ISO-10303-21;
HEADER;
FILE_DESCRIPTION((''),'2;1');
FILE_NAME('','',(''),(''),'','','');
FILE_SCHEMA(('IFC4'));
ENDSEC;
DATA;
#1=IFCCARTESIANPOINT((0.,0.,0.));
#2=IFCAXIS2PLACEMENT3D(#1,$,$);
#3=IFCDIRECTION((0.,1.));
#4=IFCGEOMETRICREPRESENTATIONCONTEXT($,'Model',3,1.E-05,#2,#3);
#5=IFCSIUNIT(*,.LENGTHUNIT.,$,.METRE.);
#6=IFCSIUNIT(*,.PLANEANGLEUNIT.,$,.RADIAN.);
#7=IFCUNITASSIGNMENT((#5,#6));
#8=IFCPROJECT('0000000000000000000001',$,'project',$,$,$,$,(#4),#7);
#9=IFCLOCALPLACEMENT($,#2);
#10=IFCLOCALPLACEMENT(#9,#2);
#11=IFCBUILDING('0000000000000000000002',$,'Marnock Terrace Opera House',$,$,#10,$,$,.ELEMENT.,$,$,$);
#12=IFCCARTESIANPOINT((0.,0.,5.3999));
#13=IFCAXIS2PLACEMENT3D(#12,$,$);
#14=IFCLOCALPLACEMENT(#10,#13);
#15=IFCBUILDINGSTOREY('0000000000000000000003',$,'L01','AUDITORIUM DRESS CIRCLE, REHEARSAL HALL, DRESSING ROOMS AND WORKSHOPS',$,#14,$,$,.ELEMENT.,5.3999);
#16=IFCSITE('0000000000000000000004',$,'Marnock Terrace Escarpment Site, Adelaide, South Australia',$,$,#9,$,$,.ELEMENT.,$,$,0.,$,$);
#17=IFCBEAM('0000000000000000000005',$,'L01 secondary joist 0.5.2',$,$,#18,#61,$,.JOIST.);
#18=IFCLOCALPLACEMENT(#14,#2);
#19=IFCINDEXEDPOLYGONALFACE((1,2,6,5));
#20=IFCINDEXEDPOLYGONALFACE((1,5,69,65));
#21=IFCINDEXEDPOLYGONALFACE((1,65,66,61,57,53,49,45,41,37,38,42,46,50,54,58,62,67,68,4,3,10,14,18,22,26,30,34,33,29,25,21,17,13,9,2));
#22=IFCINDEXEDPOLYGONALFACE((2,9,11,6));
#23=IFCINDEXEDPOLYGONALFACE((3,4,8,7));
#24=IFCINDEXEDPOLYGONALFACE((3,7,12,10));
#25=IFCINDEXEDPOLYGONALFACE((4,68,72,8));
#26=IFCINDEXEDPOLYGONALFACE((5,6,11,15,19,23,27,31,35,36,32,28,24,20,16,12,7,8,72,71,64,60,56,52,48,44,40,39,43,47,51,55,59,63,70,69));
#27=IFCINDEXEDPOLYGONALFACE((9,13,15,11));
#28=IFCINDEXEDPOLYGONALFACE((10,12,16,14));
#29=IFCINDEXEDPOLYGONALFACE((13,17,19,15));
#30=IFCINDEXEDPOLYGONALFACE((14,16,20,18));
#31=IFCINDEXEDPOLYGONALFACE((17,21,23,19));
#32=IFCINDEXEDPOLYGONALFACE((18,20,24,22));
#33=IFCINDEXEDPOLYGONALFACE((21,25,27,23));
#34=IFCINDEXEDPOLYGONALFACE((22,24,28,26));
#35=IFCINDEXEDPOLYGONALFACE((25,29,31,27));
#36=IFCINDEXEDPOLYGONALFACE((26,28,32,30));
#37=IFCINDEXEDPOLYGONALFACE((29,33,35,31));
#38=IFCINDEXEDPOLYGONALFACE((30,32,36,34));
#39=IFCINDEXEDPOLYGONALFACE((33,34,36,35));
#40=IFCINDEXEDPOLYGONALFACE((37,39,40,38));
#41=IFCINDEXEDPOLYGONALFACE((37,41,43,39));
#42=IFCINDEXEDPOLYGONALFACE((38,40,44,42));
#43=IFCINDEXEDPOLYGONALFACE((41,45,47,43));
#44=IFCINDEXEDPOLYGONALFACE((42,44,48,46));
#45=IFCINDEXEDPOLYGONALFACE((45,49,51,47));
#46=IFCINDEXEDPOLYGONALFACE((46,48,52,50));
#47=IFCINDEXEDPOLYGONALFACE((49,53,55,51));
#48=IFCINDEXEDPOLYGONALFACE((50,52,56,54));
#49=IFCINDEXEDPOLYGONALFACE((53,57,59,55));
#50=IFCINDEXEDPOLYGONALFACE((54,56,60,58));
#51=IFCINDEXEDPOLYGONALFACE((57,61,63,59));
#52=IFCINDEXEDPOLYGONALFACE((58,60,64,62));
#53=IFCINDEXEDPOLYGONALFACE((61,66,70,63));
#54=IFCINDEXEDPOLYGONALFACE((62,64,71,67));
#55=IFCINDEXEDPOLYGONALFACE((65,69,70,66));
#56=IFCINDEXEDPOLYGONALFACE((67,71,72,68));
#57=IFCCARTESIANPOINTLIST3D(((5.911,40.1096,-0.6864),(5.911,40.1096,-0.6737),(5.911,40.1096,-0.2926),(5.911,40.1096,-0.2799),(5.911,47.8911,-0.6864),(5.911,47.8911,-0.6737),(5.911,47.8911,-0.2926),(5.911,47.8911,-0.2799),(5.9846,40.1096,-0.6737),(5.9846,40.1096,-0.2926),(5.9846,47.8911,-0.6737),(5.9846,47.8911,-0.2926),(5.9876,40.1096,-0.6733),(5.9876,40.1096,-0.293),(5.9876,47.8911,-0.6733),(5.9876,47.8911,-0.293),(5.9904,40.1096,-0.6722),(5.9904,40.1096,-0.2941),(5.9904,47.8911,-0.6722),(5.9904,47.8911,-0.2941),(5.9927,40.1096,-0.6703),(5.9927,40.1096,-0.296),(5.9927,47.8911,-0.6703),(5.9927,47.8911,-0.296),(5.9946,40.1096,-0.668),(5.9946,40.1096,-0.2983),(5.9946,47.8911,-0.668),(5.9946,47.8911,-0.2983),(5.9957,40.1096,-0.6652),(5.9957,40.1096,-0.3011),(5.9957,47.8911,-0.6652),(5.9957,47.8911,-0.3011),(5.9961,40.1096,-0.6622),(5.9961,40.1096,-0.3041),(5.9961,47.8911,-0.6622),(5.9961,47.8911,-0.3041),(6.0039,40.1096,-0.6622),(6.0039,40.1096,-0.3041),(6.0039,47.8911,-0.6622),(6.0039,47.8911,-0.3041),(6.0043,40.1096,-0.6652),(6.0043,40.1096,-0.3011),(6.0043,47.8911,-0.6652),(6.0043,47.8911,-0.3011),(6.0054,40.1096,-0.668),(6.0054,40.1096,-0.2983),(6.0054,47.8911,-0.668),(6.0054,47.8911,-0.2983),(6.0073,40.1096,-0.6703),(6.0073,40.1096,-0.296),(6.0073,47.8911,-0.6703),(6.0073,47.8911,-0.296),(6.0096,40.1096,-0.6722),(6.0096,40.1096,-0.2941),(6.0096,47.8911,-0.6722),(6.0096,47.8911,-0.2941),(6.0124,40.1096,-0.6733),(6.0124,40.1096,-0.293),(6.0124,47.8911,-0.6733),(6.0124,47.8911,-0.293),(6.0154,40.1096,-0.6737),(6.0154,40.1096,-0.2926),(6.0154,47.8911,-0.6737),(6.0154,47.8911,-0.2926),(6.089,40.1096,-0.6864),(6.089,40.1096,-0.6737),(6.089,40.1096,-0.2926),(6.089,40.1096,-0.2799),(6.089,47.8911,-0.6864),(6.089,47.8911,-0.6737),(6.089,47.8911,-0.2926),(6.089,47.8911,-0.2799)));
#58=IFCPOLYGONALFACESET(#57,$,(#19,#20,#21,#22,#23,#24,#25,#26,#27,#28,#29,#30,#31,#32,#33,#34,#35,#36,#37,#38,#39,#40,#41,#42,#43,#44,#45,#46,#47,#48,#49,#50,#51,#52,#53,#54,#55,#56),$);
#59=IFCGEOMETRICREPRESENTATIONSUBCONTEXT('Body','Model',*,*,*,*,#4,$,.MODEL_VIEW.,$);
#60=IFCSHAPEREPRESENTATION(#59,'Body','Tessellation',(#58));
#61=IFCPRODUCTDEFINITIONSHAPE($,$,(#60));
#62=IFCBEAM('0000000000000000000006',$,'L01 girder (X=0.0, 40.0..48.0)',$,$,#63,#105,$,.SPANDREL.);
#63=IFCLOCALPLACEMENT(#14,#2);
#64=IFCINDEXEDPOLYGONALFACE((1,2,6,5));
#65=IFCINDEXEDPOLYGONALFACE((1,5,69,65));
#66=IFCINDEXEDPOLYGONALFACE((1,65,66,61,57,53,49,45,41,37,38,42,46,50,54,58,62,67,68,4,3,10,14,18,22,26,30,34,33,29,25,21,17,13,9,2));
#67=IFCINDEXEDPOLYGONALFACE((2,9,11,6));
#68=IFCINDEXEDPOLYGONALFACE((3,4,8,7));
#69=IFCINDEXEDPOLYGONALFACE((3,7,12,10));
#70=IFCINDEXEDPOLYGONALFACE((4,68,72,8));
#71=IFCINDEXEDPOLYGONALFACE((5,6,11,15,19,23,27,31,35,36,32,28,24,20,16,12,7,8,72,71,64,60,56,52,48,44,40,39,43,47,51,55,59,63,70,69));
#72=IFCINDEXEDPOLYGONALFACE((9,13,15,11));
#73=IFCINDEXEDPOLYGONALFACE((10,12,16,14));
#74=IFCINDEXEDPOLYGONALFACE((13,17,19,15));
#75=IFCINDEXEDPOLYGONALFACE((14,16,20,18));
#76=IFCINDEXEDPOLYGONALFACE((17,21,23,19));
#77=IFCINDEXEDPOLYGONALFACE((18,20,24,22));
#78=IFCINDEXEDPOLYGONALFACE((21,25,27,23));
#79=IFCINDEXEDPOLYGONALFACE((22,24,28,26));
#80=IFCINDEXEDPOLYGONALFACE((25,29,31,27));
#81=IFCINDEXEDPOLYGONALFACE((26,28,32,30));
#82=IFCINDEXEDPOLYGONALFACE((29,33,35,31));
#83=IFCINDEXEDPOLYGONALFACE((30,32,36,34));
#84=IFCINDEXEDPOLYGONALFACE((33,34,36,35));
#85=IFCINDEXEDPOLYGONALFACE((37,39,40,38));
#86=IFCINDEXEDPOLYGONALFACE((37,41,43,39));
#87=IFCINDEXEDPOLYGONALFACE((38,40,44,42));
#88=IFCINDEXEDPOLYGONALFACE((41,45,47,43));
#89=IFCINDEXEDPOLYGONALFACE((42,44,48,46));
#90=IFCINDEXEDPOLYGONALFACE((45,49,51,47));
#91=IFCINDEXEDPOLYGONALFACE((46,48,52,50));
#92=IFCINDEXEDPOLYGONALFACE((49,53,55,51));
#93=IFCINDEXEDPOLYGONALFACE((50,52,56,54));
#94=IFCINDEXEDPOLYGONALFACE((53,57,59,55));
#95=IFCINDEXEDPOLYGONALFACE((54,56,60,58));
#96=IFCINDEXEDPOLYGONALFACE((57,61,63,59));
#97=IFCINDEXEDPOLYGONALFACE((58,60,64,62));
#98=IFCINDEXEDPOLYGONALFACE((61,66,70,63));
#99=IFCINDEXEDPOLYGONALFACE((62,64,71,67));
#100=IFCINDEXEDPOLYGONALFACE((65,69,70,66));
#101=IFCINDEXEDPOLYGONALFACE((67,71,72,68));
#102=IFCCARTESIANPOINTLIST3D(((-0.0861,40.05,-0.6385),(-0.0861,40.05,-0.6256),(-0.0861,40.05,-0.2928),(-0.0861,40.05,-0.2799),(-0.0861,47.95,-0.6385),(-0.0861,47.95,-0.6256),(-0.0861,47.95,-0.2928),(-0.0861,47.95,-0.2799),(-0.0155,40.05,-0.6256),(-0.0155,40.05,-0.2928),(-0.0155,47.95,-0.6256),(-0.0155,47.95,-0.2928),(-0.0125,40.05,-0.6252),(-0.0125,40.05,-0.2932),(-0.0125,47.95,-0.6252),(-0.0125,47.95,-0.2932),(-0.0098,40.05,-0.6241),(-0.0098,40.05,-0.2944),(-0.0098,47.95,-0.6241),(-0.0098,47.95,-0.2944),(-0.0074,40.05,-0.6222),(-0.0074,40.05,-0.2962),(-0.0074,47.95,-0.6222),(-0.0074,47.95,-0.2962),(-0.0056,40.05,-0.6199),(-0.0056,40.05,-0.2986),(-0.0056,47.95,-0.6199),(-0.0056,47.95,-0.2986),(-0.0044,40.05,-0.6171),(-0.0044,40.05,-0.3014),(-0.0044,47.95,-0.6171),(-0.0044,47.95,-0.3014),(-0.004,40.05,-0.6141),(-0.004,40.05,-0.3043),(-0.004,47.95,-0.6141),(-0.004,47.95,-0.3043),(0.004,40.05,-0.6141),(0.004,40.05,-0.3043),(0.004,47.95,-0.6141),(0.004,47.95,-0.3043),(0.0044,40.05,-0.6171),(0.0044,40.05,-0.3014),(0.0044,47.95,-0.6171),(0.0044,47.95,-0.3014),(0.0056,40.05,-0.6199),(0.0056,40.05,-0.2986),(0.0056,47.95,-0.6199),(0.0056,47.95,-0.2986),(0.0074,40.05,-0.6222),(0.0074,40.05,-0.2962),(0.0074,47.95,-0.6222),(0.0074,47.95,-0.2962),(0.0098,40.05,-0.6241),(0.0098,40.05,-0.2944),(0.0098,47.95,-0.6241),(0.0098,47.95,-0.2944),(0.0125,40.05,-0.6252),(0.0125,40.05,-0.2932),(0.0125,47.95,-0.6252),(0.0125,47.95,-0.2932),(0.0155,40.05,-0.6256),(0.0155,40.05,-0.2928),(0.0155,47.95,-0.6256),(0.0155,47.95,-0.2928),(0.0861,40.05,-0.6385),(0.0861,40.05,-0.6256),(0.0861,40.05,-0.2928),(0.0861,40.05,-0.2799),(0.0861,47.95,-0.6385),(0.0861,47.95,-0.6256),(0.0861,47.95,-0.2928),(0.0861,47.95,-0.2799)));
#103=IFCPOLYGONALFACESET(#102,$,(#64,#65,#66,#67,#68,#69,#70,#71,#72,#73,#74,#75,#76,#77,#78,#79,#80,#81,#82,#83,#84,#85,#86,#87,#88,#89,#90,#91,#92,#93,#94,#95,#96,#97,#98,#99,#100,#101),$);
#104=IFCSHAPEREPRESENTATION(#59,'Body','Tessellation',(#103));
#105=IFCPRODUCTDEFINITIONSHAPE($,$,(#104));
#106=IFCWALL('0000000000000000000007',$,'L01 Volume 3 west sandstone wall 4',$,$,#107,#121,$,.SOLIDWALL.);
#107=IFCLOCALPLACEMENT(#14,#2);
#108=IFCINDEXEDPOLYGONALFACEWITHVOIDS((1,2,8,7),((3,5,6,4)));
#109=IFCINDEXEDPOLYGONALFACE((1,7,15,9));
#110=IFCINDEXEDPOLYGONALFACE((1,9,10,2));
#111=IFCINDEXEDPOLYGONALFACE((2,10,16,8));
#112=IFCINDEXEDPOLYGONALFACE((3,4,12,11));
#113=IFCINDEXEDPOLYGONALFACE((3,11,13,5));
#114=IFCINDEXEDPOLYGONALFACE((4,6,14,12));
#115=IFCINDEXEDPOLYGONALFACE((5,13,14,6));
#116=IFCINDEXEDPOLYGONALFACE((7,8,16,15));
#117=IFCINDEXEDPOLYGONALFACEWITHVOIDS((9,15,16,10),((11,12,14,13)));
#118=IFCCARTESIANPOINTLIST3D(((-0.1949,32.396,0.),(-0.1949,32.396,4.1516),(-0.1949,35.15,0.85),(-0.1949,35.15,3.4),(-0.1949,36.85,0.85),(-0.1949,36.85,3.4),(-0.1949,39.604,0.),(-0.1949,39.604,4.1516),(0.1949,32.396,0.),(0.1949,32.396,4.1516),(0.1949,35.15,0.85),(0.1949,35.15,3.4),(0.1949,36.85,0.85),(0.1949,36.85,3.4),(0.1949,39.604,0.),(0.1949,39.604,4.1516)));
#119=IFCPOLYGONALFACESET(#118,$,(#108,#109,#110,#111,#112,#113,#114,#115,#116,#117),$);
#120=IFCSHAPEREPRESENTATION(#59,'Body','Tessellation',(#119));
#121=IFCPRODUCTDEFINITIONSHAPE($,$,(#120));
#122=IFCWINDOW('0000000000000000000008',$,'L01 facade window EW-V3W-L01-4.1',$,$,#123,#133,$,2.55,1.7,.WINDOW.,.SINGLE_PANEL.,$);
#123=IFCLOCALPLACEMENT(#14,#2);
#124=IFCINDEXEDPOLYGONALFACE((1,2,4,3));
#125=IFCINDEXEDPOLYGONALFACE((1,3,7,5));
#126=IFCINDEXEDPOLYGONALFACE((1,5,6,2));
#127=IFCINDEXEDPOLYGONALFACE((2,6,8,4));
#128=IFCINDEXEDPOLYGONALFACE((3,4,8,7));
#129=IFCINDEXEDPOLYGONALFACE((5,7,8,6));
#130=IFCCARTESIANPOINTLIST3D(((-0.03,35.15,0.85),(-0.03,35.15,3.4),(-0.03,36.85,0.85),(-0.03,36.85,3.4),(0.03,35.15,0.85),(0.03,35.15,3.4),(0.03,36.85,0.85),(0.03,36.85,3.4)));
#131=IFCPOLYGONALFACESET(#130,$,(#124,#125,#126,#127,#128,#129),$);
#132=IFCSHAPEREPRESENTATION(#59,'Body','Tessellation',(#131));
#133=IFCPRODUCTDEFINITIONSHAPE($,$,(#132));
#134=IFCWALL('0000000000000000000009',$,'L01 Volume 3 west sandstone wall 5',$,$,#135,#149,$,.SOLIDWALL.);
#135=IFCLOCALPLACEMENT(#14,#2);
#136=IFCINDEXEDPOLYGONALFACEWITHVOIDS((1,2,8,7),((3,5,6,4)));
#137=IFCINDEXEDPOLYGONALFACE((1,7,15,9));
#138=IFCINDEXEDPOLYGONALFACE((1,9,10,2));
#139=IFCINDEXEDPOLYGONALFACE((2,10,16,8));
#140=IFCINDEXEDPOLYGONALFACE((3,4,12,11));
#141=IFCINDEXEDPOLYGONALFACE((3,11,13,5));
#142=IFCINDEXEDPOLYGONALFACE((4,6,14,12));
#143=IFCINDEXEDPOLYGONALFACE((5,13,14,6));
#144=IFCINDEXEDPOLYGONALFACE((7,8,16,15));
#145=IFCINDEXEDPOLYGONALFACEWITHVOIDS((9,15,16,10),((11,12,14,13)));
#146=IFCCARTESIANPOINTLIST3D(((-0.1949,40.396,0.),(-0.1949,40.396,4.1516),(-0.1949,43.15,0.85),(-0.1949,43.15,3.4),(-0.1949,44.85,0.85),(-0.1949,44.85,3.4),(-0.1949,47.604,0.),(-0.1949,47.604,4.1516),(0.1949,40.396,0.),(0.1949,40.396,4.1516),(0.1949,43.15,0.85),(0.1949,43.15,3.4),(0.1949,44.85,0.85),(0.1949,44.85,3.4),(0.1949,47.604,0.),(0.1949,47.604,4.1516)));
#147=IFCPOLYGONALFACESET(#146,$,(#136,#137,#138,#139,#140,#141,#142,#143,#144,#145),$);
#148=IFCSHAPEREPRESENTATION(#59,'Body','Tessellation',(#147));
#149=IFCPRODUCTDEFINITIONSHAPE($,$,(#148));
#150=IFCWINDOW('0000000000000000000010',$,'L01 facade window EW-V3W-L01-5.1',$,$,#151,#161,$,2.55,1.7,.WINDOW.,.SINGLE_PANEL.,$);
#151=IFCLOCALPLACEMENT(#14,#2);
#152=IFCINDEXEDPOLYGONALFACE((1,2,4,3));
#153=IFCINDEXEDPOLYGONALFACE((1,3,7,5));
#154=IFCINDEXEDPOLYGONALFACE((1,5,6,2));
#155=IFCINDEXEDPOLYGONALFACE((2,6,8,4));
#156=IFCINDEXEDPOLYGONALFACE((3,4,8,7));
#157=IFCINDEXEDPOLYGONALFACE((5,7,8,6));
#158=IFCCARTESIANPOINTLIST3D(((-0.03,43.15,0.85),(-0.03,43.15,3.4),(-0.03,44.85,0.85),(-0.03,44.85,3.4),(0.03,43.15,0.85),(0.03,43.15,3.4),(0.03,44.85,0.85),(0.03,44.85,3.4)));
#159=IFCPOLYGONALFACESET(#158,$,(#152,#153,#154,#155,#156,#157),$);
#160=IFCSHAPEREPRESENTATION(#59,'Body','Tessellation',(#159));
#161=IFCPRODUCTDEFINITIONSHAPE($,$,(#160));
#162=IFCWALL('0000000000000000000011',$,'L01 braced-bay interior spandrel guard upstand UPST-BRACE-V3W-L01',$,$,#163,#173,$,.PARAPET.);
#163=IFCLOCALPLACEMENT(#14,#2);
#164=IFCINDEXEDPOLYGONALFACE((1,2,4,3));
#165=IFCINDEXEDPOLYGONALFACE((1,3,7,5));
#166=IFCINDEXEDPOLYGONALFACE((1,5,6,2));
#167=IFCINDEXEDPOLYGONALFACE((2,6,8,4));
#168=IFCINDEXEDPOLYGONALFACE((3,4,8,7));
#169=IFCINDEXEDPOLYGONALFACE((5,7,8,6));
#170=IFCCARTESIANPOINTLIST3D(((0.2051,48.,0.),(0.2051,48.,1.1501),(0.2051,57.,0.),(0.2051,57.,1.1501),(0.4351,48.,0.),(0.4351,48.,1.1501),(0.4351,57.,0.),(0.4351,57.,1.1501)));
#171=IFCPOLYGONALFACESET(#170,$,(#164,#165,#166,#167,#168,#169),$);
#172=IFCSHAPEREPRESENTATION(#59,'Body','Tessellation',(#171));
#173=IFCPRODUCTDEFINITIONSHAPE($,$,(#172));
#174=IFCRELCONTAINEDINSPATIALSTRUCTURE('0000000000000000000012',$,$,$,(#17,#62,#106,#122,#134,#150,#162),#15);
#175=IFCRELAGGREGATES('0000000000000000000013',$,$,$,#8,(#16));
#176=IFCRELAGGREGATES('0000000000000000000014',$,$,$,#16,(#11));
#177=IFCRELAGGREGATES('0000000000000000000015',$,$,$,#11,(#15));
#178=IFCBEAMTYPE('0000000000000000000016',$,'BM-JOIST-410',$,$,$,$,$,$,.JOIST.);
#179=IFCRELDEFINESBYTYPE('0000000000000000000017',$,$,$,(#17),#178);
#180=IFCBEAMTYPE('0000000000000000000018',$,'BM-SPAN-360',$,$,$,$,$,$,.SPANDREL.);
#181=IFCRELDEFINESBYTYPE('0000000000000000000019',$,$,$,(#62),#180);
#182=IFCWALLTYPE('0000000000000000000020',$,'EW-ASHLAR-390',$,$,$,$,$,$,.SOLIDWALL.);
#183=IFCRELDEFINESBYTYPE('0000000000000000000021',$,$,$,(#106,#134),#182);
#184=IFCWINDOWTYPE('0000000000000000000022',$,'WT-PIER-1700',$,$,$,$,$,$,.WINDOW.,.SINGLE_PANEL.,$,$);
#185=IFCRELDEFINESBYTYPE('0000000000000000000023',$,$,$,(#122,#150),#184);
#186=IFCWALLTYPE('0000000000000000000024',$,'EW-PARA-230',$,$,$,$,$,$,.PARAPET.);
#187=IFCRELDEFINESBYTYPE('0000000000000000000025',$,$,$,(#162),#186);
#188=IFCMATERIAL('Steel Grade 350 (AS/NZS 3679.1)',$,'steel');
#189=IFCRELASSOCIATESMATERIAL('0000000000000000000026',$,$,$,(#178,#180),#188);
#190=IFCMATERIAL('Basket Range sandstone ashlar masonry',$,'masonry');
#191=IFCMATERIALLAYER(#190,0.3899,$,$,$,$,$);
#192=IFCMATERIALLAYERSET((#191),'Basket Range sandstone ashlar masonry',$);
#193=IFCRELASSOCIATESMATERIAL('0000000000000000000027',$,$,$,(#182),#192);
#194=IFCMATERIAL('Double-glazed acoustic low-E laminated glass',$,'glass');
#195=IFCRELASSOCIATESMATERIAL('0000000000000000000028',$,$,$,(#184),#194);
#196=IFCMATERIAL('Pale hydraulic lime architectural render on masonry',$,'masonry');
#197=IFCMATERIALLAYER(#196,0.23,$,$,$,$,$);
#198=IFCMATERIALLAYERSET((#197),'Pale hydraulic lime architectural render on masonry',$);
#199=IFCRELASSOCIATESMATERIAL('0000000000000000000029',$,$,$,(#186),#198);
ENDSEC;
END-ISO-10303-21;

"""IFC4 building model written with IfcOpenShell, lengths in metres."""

from ifc_helpers import new_model, si_unit, direction, frame, frame_2d, origin, origin_2d, place, context, subcontext, project, spatial, rectangle, i_section, extrude, material, layer, layer_set, material_profile, profile_set, type_object, element, fill, save


model = new_model("IFC4")

# Units and contexts
model_context = context("Model", 3, precision=1e-05, world=origin(), true_north=direction((0.0, 1.0)))
body_context = subcontext(model_context, "Body", "Model", "MODEL_VIEW")
ifc_project = project(units=[si_unit("LENGTHUNIT", "METRE"), si_unit("PLANEANGLEUNIT", "RADIAN")], contexts=[model_context])

# Site, building, storey
site_placement = place(None, origin())
site = spatial("IfcSite", under=ifc_project, at=site_placement, Name="Marnock Terrace Escarpment Site, Adelaide, South Australia", CompositionType="ELEMENT", RefElevation=0.0)
building_placement = place(site_placement, origin())
building = spatial("IfcBuilding", under=site, at=building_placement, Name="Marnock Terrace Opera House", CompositionType="ELEMENT")
storey_placement = place(building_placement, frame((0.0, 0.0, 5.3999)))
storey = spatial("IfcBuildingStorey", under=building, at=storey_placement, Name="L01", Description="AUDITORIUM DRESS CIRCLE, REHEARSAL HALL, DRESSING ROOMS AND WORKSHOPS", CompositionType="ELEMENT", Elevation=5.3999)

# Beams
ifc_material_1 = material(Name="Steel Grade 350 (AS/NZS 3679.1)", Category="steel")
ifc_material_profile_1 = material_profile(ifc_material_1, i_section(OverallWidth=0.178, OverallDepth=0.4065, WebThickness=0.0078, FlangeThickness=0.0127, FilletRadius=0.0115, at=origin_2d()))
ifc_profile_set_1 = profile_set([ifc_material_profile_1], Name="Steel Grade 350 (AS/NZS 3679.1)")
beam_type_1 = type_object("IfcBeamType", Name="BM-JOIST-410", PredefinedType="JOIST", material=ifc_profile_set_1)
for number, where, z_axis, x_axis, name in (
    (1, (6.0, 40.1096, -0.4832), (0.0, 1.0, 0.0), (-1.0, 0.0, 0.0), "L01 secondary joist 0.5.2"),
):
    element("IfcBeam", number, at=place(storey_placement, frame(where, z_axis=z_axis, x_axis=x_axis)), inside=storey, type_object=beam_type_1, Name=name, PredefinedType="JOIST", context=body_context, shape_type="SweptSolid", body=[
        extrude(i_section(OverallWidth=0.178, OverallDepth=0.4065, WebThickness=0.0078, FlangeThickness=0.0127, FilletRadius=0.0115, at=origin_2d()), origin(), (0.0, 0.0, 1.0), 7.7815),
    ])
ifc_material_profile_2 = material_profile(ifc_material_1, i_section(OverallWidth=0.1721, OverallDepth=0.3586, WebThickness=0.0081, FlangeThickness=0.0129, FilletRadius=0.0115, at=origin_2d()))
ifc_profile_set_2 = profile_set([ifc_material_profile_2], Name="Steel Grade 350 (AS/NZS 3679.1)")
beam_type_2 = type_object("IfcBeamType", Name="BM-SPAN-360", PredefinedType="SPANDREL", material=ifc_profile_set_2)
beam_1_placement = place(storey_placement, frame((0.0, 40.05, -0.4592), z_axis=(0.0, 1.0, 0.0), x_axis=(-1.0, 0.0, 0.0)))
element("IfcBeam", 2, at=beam_1_placement, inside=storey, type_object=beam_type_2, Name="L01 girder (X=0.0, 40.0..48.0)", PredefinedType="SPANDREL", context=body_context, shape_type="SweptSolid", body=[
    extrude(i_section(OverallWidth=0.1721, OverallDepth=0.3586, WebThickness=0.0081, FlangeThickness=0.0129, FilletRadius=0.0115, at=origin_2d()), origin(), (0.0, 0.0, 1.0), 7.8999),
])

# Walls, openings, windows
ifc_material_2 = material(Name="Basket Range sandstone ashlar masonry", Category="masonry")
ifc_layer_1 = layer(ifc_material_2, 0.3899)
ifc_layer_set_1 = layer_set([ifc_layer_1], Name="Basket Range sandstone ashlar masonry")
wall_type_1 = type_object("IfcWallType", Name="EW-ASHLAR-390", PredefinedType="SOLIDWALL", material=ifc_layer_set_1)
wall_1_placement = place(storey_placement, frame((0.0, 32.396, 0.0), z_axis=(0.0, 0.0, 1.0), x_axis=(0.0, 1.0, 0.0)))
wall_1 = element("IfcWall", 3, at=wall_1_placement, inside=storey, type_object=wall_type_1, Name="L01 Volume 3 west sandstone wall 4", PredefinedType="SOLIDWALL", context=body_context, shape_type="SweptSolid", body=[
    extrude(rectangle(XDim=7.208, YDim=0.3899, at=frame_2d((3.604, 0.0))), origin(), (0.0, 0.0, 1.0), 4.1516),
])
opening_1_placement = place(wall_1_placement, frame((2.7539, 0.0, 0.8501)))
opening_1 = element("IfcOpeningElement", 4, at=opening_1_placement, cuts=wall_1, PredefinedType="OPENING", context=body_context, shape_type="SweptSolid", body=[
    extrude(rectangle(XDim=1.7, YDim=2.55, at=frame_2d((0.8501, 1.2749))), frame((0.0, 0.2048, 0.0), z_axis=(0.0, -1.0, 0.0), x_axis=(1.0, 0.0, 0.0)), (0.0, 0.0, 1.0), 0.4099),
])
ifc_material_3 = material(Name="Double-glazed acoustic low-E laminated glass", Category="glass")
window_type = type_object("IfcWindowType", Name="WT-PIER-1700", PartitioningType="SINGLE_PANEL", PredefinedType="WINDOW", material=ifc_material_3)
window_1_placement = place(opening_1_placement, origin())
window_1 = element("IfcWindow", 5, at=window_1_placement, inside=storey, type_object=window_type, Name="L01 facade window EW-V3W-L01-4.1", OverallHeight=2.55, OverallWidth=1.7, PartitioningType="SINGLE_PANEL", PredefinedType="WINDOW", context=body_context, shape_type="SweptSolid", body=[
    extrude(rectangle(XDim=1.7, YDim=2.55, at=frame_2d((0.8501, 1.2749))), frame((0.0, 0.03, 0.0), z_axis=(0.0, -1.0, 0.0), x_axis=(1.0, 0.0, 0.0)), (0.0, 0.0, 1.0), 0.0601),
])
fill(opening_1, window_1)
wall_2_placement = place(storey_placement, frame((0.0, 40.396, 0.0), z_axis=(0.0, 0.0, 1.0), x_axis=(0.0, 1.0, 0.0)))
wall_2 = element("IfcWall", 6, at=wall_2_placement, inside=storey, type_object=wall_type_1, Name="L01 Volume 3 west sandstone wall 5", PredefinedType="SOLIDWALL", context=body_context, shape_type="SweptSolid", body=[
    extrude(rectangle(XDim=7.208, YDim=0.3899, at=frame_2d((3.604, 0.0))), origin(), (0.0, 0.0, 1.0), 4.1516),
])
opening_2_placement = place(wall_2_placement, frame((2.7539, 0.0, 0.8501)))
opening_2 = element("IfcOpeningElement", 7, at=opening_2_placement, cuts=wall_2, PredefinedType="OPENING", context=body_context, shape_type="SweptSolid", body=[
    extrude(rectangle(XDim=1.7, YDim=2.55, at=frame_2d((0.8501, 1.2749))), frame((0.0, 0.2048, 0.0), z_axis=(0.0, -1.0, 0.0), x_axis=(1.0, 0.0, 0.0)), (0.0, 0.0, 1.0), 0.4099),
])
window_2_placement = place(opening_2_placement, origin())
window_2 = element("IfcWindow", 8, at=window_2_placement, inside=storey, type_object=window_type, Name="L01 facade window EW-V3W-L01-5.1", OverallHeight=2.55, OverallWidth=1.7, PartitioningType="SINGLE_PANEL", PredefinedType="WINDOW", context=body_context, shape_type="SweptSolid", body=[
    extrude(rectangle(XDim=1.7, YDim=2.55, at=frame_2d((0.8501, 1.2749))), frame((0.0, 0.03, 0.0), z_axis=(0.0, -1.0, 0.0), x_axis=(1.0, 0.0, 0.0)), (0.0, 0.0, 1.0), 0.0601),
])
fill(opening_2, window_2)

# Wall
ifc_material_4 = material(Name="Pale hydraulic lime architectural render on masonry", Category="masonry")
ifc_layer_2 = layer(ifc_material_4, 0.23)
ifc_layer_set_2 = layer_set([ifc_layer_2], Name="Pale hydraulic lime architectural render on masonry")
wall_type_2 = type_object("IfcWallType", Name="EW-PARA-230", PredefinedType="PARAPET", material=ifc_layer_set_2)
wall_3_placement = place(storey_placement, frame((0.3201, 48.0, 0.0), z_axis=(0.0, 0.0, 1.0), x_axis=(0.0, 1.0, 0.0)))
element("IfcWall", 9, at=wall_3_placement, inside=storey, type_object=wall_type_2, Name="L01 braced-bay interior spandrel guard upstand UPST-BRACE-V3W-L01", PredefinedType="PARAPET", context=body_context, shape_type="SweptSolid", body=[
    extrude(rectangle(XDim=9.0, YDim=0.23, at=frame_2d((4.5, 0.0))), origin(), (0.0, 0.0, 1.0), 1.1501),
])

save(model, "model.ifc")
